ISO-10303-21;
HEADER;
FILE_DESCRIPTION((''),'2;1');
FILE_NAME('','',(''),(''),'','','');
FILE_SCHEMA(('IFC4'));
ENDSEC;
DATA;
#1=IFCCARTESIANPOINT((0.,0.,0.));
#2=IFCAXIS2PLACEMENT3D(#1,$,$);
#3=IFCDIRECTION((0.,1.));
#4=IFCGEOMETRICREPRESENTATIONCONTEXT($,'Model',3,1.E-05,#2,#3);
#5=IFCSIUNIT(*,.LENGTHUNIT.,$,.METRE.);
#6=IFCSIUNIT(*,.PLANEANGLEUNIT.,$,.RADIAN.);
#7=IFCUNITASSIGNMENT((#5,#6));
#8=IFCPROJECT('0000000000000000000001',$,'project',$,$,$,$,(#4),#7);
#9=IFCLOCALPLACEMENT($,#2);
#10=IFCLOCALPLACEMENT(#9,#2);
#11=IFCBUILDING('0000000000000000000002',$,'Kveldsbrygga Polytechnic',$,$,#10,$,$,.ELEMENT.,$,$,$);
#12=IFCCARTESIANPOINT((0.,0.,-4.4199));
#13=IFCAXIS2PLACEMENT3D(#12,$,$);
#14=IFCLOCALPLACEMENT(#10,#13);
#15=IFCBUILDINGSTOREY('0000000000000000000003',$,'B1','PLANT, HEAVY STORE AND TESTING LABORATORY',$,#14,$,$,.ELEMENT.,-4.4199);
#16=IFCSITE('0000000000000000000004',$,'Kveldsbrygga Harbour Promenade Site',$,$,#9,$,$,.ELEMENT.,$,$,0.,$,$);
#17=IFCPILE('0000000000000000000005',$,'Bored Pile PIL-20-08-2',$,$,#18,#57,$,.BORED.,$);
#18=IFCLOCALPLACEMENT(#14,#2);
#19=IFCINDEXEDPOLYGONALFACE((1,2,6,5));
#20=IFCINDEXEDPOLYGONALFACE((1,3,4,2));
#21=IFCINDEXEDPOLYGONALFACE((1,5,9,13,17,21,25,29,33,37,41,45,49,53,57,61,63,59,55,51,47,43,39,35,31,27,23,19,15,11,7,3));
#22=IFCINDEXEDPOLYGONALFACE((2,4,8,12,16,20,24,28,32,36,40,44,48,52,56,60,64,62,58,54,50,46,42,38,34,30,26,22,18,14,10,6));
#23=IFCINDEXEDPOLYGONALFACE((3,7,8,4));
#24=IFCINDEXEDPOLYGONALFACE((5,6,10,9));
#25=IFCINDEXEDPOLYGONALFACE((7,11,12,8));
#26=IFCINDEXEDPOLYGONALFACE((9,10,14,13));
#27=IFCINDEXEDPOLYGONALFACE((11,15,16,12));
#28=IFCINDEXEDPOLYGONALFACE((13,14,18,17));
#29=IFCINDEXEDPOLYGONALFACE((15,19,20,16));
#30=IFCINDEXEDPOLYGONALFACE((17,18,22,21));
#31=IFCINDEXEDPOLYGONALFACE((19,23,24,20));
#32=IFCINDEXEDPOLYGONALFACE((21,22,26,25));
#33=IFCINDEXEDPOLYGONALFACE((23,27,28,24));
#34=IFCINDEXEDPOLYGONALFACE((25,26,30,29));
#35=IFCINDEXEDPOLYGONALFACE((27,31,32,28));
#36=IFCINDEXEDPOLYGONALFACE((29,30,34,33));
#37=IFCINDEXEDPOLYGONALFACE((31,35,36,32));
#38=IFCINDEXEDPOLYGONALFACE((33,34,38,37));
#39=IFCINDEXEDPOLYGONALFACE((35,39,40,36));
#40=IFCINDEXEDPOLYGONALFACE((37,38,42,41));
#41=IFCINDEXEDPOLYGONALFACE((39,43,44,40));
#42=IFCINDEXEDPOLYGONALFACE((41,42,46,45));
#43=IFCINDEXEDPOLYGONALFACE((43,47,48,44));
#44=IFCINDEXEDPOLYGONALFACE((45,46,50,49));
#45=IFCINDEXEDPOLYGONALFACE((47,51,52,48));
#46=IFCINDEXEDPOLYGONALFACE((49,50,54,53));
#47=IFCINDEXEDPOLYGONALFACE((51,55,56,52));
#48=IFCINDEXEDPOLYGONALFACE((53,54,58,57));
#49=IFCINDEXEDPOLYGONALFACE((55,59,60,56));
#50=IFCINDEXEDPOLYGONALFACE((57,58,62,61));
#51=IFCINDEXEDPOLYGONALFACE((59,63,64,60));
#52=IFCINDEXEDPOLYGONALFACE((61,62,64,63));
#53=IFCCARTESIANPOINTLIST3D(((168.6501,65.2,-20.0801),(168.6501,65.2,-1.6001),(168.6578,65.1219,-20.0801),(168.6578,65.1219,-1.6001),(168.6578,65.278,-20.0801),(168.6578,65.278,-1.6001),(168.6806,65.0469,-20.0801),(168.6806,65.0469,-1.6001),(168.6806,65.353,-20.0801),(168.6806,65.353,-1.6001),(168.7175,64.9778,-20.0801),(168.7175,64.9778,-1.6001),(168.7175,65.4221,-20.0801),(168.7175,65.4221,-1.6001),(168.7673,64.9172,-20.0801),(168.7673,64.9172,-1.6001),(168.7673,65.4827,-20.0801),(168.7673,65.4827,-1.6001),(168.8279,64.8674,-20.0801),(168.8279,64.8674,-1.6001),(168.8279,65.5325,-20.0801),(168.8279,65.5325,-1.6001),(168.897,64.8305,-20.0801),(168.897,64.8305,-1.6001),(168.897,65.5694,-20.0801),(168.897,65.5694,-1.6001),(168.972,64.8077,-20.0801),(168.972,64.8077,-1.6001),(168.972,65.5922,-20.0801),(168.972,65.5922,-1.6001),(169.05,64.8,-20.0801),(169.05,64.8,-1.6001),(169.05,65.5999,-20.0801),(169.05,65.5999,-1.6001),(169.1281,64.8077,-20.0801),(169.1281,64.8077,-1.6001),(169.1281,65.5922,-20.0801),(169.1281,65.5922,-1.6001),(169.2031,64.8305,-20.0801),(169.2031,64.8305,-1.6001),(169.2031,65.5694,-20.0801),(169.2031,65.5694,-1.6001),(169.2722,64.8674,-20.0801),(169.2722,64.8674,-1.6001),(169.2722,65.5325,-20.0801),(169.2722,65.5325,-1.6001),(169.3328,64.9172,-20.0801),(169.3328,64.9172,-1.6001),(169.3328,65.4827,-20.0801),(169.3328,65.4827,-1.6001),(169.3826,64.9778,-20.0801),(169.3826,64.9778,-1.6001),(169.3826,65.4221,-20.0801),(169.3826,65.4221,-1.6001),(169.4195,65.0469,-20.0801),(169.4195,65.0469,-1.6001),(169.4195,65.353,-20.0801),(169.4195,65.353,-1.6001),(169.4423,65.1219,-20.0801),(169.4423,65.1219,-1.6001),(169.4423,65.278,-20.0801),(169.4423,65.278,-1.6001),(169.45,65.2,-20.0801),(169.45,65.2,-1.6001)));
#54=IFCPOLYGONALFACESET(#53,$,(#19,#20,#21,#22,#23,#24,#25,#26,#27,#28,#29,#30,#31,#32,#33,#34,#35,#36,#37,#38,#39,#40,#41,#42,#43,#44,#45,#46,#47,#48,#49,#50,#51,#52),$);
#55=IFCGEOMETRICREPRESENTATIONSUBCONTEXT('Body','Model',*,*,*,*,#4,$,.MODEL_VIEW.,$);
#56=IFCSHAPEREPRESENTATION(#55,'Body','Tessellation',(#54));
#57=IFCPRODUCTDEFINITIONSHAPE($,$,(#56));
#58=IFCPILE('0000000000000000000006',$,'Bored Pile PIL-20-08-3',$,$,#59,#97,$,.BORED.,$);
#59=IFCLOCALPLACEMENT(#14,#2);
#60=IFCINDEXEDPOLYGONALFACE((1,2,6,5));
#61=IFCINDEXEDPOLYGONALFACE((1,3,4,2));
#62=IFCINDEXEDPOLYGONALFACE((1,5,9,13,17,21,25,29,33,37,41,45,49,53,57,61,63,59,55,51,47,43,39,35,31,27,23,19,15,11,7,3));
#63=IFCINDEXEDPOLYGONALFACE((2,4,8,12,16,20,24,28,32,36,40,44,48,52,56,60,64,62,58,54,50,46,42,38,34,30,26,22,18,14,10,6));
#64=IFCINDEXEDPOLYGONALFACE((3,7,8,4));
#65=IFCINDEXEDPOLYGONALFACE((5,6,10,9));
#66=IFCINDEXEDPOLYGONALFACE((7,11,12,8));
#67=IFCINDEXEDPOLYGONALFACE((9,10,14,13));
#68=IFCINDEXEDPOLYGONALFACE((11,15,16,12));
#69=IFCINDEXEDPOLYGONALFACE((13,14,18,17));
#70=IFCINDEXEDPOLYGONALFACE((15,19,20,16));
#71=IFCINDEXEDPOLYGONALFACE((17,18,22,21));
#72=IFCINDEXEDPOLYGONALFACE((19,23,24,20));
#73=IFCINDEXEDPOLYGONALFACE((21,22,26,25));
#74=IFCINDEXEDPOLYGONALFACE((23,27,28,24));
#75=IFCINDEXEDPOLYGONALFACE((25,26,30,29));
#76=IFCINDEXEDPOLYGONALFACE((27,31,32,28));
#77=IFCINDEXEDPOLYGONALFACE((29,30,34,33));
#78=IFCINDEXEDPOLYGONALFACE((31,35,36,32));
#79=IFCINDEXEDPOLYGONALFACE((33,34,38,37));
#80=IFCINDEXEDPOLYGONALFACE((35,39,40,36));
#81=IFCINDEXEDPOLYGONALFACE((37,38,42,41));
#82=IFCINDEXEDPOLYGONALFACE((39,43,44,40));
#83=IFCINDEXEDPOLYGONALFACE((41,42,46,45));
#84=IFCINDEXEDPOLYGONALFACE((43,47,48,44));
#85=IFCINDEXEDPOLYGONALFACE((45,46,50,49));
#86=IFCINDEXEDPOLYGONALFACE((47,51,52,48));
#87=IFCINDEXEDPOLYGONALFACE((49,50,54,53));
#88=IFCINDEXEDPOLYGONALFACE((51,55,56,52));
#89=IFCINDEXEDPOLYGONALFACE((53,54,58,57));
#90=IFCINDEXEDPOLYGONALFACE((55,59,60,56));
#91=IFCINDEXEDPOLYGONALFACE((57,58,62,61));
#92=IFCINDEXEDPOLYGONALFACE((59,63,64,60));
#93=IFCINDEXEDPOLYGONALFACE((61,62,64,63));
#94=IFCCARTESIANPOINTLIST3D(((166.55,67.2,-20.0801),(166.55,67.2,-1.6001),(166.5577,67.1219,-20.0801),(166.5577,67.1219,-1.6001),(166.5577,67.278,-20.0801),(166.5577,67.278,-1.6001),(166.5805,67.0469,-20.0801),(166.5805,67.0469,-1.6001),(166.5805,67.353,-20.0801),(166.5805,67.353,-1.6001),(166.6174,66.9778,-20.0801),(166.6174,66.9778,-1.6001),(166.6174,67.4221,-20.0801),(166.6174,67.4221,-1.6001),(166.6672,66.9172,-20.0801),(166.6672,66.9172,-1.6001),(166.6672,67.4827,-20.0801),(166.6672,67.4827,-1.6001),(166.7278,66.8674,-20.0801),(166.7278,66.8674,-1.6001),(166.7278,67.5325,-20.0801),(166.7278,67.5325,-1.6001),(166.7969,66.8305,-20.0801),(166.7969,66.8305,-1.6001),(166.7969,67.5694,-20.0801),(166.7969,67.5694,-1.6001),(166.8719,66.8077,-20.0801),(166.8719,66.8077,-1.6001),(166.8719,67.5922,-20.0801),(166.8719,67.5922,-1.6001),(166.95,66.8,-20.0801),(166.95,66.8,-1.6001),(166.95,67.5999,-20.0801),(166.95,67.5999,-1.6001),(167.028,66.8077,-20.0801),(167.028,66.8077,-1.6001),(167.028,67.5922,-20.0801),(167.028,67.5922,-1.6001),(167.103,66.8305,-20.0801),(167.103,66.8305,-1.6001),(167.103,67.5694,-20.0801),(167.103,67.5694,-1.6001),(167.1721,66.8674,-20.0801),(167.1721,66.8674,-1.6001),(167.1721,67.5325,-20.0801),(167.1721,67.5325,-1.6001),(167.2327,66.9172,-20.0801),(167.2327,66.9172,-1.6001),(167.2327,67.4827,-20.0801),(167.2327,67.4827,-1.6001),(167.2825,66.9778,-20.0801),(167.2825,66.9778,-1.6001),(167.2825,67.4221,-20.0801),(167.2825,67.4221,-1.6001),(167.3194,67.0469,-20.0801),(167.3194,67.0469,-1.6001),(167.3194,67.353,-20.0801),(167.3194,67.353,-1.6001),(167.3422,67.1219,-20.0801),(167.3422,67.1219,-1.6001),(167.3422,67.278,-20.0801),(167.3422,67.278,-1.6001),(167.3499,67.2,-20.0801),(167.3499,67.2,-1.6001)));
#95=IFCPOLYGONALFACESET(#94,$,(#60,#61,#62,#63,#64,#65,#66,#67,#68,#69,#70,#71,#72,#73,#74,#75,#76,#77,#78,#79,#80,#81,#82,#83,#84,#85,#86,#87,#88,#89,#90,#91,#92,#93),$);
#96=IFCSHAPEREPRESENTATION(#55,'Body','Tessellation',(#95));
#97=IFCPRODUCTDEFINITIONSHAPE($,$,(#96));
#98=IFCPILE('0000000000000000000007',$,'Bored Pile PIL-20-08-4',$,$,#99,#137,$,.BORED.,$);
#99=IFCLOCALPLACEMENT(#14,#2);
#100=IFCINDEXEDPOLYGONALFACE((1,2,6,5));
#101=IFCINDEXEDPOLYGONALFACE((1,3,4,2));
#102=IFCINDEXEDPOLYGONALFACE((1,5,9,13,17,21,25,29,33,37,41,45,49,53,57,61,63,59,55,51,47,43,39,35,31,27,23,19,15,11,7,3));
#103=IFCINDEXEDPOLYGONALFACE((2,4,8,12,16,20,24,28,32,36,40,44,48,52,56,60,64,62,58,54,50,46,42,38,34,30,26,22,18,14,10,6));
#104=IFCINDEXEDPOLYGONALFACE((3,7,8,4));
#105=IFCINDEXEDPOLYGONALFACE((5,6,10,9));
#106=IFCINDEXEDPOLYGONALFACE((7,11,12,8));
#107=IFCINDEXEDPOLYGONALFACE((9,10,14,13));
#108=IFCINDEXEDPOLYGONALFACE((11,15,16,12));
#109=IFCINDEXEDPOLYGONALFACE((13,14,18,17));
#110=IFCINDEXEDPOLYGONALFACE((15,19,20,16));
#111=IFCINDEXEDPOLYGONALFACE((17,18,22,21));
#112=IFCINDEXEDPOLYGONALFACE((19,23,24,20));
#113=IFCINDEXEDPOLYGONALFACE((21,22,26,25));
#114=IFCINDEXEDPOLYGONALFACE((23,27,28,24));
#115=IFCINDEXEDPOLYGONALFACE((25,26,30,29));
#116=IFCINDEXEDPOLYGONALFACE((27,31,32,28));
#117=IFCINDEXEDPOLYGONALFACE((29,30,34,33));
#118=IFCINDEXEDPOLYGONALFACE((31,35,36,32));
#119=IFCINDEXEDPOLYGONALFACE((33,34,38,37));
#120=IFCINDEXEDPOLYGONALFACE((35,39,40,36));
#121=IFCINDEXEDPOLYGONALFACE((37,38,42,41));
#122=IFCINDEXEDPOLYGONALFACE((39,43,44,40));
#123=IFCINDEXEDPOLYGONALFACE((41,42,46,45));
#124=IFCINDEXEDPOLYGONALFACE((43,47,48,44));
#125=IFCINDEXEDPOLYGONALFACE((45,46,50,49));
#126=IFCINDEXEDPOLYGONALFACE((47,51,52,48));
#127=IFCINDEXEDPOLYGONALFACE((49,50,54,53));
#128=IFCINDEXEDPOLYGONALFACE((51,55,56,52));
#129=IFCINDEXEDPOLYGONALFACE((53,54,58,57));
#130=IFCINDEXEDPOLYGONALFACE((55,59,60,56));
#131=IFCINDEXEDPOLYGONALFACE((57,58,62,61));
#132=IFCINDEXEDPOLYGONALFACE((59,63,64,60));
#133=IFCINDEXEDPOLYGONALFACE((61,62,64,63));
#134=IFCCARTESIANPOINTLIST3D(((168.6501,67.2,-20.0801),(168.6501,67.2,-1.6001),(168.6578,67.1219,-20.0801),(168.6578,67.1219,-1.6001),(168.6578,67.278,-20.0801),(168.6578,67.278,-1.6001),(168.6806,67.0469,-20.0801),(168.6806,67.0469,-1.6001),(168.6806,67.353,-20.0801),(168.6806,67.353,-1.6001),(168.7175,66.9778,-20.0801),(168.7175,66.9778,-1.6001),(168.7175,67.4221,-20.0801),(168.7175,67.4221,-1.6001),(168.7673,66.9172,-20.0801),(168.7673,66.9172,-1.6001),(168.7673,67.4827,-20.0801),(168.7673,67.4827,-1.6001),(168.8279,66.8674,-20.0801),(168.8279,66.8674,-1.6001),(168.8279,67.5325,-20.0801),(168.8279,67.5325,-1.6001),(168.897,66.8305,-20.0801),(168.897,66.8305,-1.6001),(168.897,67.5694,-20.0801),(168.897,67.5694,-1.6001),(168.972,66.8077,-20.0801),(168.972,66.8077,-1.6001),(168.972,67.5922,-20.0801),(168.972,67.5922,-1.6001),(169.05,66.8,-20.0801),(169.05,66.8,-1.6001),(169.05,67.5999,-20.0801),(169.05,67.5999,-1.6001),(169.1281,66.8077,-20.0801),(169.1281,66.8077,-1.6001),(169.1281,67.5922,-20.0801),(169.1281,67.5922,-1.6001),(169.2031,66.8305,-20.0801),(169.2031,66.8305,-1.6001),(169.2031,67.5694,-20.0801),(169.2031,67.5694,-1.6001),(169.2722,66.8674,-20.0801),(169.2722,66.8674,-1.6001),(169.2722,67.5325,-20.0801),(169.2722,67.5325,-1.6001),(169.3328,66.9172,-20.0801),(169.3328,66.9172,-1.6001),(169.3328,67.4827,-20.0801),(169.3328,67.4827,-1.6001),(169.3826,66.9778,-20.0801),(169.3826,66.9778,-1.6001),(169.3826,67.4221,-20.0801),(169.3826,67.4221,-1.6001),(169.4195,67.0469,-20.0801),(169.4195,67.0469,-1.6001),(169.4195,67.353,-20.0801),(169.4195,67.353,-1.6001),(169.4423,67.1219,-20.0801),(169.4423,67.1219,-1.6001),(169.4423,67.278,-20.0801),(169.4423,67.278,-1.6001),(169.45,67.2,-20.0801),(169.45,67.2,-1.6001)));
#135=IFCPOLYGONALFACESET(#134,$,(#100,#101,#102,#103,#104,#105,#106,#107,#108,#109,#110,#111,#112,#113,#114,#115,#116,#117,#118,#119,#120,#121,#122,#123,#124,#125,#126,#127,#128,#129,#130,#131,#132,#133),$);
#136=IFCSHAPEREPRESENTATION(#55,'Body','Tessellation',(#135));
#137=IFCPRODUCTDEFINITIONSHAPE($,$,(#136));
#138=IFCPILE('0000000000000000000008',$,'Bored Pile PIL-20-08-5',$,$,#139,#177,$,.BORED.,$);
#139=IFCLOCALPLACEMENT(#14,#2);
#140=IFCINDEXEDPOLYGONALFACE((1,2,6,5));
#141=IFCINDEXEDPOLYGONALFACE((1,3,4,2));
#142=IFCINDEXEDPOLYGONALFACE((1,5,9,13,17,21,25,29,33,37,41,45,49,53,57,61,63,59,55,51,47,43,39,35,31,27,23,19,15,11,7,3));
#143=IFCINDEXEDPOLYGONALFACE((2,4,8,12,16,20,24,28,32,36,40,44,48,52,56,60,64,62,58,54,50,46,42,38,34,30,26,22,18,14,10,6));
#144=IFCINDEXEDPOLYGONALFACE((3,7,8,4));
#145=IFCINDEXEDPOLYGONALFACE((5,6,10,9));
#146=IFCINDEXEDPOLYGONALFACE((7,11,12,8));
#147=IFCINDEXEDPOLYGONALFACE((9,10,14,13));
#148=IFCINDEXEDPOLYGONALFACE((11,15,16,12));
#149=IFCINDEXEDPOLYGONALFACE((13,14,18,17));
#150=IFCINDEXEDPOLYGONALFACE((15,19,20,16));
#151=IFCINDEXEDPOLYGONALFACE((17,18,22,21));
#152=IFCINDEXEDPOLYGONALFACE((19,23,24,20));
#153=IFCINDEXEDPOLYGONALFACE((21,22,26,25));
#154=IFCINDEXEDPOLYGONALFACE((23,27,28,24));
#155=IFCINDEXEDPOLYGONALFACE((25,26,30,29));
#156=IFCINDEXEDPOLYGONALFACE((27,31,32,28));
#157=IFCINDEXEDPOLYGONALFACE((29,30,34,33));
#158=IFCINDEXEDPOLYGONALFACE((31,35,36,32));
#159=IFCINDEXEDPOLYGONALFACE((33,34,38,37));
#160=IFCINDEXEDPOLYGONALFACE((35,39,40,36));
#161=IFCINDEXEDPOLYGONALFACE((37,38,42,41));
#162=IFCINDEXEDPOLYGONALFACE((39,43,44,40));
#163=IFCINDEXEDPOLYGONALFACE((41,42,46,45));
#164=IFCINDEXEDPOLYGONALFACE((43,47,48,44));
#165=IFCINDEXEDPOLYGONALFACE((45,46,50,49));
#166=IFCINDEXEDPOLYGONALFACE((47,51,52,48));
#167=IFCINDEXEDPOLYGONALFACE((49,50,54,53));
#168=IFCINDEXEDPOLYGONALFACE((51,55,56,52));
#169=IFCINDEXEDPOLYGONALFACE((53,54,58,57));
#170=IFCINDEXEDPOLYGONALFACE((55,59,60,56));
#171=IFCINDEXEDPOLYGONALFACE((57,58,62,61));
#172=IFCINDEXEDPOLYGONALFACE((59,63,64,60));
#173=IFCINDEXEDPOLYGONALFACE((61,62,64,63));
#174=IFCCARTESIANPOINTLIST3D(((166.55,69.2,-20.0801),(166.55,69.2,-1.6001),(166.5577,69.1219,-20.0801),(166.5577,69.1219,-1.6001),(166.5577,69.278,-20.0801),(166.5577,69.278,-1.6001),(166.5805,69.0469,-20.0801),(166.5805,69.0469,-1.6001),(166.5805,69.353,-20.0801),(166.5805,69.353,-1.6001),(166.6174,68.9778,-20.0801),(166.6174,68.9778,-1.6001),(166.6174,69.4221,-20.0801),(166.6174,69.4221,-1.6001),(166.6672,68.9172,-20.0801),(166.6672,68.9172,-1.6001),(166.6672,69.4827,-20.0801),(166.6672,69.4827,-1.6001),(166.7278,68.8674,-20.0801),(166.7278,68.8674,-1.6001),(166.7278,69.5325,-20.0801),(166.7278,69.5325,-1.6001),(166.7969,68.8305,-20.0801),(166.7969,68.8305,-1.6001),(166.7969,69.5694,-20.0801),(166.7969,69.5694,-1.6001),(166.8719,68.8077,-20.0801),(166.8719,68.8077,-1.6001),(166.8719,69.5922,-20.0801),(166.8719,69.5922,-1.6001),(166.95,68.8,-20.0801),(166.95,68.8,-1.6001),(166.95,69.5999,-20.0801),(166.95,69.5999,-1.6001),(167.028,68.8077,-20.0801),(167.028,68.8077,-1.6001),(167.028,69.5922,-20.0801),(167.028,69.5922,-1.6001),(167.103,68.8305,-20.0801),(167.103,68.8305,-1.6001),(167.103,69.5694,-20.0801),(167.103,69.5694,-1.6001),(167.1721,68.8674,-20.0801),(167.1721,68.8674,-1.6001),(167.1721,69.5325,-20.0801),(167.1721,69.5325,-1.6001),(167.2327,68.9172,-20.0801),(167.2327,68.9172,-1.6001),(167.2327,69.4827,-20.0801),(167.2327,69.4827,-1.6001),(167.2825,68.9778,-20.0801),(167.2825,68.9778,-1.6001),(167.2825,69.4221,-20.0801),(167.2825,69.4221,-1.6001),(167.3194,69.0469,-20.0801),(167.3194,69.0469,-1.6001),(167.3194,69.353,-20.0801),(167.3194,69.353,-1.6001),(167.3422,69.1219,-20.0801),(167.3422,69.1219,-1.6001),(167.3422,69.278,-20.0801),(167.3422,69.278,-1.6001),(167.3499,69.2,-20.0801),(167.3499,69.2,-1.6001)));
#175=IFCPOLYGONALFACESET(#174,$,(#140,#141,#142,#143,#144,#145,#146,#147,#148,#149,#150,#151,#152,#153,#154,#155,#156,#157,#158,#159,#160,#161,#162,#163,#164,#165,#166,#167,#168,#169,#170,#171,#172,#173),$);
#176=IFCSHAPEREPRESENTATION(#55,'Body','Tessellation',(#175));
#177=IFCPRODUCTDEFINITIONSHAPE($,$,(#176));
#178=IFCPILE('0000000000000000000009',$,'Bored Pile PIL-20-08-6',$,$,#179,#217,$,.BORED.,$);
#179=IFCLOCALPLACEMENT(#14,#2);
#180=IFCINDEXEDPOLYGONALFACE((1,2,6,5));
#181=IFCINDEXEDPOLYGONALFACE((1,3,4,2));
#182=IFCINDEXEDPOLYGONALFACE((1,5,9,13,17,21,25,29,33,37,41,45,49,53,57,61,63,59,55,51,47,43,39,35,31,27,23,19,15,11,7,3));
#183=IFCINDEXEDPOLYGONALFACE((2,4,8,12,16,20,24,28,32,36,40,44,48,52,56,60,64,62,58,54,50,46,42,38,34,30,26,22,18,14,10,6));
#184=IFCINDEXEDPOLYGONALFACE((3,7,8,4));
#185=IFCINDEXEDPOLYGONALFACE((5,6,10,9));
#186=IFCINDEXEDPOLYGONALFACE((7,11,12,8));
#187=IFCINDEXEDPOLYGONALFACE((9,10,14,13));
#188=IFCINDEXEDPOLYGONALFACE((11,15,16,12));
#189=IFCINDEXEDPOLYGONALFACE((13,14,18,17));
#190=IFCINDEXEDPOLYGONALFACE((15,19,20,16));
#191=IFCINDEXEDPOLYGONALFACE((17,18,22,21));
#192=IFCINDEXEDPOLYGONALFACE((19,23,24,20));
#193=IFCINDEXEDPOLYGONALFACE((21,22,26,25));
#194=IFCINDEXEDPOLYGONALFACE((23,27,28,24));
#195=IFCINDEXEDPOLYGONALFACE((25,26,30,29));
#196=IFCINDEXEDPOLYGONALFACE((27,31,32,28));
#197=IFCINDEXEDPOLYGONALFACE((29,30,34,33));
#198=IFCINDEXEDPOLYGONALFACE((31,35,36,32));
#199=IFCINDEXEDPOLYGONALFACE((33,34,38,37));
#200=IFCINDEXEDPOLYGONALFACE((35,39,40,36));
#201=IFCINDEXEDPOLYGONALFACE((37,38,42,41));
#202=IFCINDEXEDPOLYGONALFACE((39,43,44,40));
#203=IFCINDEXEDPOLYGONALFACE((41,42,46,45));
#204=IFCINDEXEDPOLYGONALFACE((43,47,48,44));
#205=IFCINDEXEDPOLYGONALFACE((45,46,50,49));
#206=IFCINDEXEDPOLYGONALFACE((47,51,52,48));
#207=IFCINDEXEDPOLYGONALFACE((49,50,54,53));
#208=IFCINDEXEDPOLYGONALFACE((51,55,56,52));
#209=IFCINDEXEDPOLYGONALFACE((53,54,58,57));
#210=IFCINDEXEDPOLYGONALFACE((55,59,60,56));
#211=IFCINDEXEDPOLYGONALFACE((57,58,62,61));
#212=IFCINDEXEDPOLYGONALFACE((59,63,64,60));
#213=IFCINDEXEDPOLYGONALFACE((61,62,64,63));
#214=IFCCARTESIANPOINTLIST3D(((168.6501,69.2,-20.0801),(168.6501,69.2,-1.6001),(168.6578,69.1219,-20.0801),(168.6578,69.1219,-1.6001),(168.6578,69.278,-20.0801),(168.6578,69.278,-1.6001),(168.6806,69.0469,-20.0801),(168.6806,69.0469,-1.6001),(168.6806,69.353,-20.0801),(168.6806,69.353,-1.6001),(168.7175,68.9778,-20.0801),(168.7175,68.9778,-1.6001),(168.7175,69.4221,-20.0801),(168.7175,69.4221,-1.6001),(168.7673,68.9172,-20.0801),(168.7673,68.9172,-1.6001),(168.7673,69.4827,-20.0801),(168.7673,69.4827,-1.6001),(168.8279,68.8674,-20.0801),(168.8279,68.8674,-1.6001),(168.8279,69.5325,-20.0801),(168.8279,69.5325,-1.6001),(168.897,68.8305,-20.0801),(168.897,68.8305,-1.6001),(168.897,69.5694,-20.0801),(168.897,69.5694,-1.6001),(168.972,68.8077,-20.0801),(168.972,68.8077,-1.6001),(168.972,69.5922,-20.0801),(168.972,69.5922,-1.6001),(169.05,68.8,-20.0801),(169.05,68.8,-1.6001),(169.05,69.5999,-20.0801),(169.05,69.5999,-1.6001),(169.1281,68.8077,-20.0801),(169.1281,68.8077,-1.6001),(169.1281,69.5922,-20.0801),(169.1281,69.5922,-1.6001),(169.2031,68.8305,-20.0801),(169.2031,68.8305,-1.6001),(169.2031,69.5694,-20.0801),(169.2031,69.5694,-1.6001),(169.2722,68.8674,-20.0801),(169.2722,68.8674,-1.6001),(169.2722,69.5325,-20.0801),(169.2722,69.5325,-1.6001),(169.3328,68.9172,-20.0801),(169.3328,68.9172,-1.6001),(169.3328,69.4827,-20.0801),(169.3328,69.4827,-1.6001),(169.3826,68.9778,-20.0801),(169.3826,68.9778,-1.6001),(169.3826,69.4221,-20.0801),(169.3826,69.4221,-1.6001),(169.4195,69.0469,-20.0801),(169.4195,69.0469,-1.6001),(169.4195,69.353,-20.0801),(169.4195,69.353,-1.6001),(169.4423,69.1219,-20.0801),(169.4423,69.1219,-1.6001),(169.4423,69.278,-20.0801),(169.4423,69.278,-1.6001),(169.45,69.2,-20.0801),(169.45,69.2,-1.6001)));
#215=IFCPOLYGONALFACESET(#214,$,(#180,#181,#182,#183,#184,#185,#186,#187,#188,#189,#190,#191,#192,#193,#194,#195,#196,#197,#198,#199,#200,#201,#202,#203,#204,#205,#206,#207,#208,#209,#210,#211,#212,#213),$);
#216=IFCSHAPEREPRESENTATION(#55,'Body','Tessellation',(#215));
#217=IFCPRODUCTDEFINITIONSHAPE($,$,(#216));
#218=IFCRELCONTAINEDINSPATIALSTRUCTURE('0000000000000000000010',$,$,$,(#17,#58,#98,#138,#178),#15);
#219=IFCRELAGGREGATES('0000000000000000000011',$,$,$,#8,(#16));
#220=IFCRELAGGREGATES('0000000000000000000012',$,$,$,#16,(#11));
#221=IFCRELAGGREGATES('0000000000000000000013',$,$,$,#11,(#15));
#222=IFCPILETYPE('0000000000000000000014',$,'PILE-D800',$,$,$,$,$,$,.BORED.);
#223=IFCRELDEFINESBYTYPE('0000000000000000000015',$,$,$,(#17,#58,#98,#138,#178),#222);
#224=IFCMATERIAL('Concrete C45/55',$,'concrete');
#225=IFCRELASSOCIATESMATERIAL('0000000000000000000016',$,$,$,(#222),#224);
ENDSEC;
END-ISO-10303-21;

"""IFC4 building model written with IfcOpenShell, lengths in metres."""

from ifc_helpers import new_model, si_unit, direction, frame, origin, origin_2d, place, context, subcontext, project, spatial, circle, extrude, material, material_profile, profile_set, type_object, element, save


model = new_model("IFC4")

# Units and contexts
model_context = context("Model", 3, precision=1e-05, world=origin(), true_north=direction((0.0, 1.0)))
body_context = subcontext(model_context, "Body", "Model", "MODEL_VIEW")
ifc_project = project(units=[si_unit("LENGTHUNIT", "METRE"), si_unit("PLANEANGLEUNIT", "RADIAN")], contexts=[model_context])

# Site, building, storey
site_placement = place(None, origin())
site = spatial("IfcSite", under=ifc_project, at=site_placement, Name="Kveldsbrygga Harbour Promenade Site", CompositionType="ELEMENT", RefElevation=0.0)
building_placement = place(site_placement, origin())
building = spatial("IfcBuilding", under=site, at=building_placement, Name="Kveldsbrygga Polytechnic", CompositionType="ELEMENT")
storey_placement = place(building_placement, frame((0.0, 0.0, -4.4199)))
storey = spatial("IfcBuildingStorey", under=building, at=storey_placement, Name="B1", Description="PLANT, HEAVY STORE AND TESTING LABORATORY", CompositionType="ELEMENT", Elevation=-4.4199)

# Shared definitions
ifc_material_1 = material(Name="Concrete C45/55", Category="concrete")

# Piles
ifc_material_profile_1 = material_profile(ifc_material_1, circle(Radius=0.3999, at=origin_2d()), Name="PILE D800")
ifc_profile_set_1 = profile_set([ifc_material_profile_1], Name="Concrete C45/55")
pile_type = type_object("IfcPileType", Name="PILE-D800", PredefinedType="BORED", material=ifc_profile_set_1)
for number, where, z_axis, x_axis, name in (
    (1, (169.05, 65.2, -1.6001), (0.0, 0.0, -1.0), (1.0, 0.0, 0.0), "Bored Pile PIL-20-08-2"),
    (2, (166.95, 67.2, -1.6001), (0.0, 0.0, -1.0), (1.0, 0.0, 0.0), "Bored Pile PIL-20-08-3"),
    (3, (169.05, 67.2, -1.6001), (0.0, 0.0, -1.0), (1.0, 0.0, 0.0), "Bored Pile PIL-20-08-4"),
    (4, (166.95, 69.2, -1.6001), (0.0, 0.0, -1.0), (1.0, 0.0, 0.0), "Bored Pile PIL-20-08-5"),
    (5, (169.05, 69.2, -1.6001), (0.0, 0.0, -1.0), (1.0, 0.0, 0.0), "Bored Pile PIL-20-08-6"),
):
    element("IfcPile", number, at=place(storey_placement, frame(where, z_axis=z_axis, x_axis=x_axis)), inside=storey, type_object=pile_type, Name=name, PredefinedType="BORED", context=body_context, shape_type="SweptSolid", body=[
        extrude(circle(Radius=0.3999, at=origin_2d()), origin(), (0.0, 0.0, 1.0), 18.48),
    ])

save(model, "model.ifc")
